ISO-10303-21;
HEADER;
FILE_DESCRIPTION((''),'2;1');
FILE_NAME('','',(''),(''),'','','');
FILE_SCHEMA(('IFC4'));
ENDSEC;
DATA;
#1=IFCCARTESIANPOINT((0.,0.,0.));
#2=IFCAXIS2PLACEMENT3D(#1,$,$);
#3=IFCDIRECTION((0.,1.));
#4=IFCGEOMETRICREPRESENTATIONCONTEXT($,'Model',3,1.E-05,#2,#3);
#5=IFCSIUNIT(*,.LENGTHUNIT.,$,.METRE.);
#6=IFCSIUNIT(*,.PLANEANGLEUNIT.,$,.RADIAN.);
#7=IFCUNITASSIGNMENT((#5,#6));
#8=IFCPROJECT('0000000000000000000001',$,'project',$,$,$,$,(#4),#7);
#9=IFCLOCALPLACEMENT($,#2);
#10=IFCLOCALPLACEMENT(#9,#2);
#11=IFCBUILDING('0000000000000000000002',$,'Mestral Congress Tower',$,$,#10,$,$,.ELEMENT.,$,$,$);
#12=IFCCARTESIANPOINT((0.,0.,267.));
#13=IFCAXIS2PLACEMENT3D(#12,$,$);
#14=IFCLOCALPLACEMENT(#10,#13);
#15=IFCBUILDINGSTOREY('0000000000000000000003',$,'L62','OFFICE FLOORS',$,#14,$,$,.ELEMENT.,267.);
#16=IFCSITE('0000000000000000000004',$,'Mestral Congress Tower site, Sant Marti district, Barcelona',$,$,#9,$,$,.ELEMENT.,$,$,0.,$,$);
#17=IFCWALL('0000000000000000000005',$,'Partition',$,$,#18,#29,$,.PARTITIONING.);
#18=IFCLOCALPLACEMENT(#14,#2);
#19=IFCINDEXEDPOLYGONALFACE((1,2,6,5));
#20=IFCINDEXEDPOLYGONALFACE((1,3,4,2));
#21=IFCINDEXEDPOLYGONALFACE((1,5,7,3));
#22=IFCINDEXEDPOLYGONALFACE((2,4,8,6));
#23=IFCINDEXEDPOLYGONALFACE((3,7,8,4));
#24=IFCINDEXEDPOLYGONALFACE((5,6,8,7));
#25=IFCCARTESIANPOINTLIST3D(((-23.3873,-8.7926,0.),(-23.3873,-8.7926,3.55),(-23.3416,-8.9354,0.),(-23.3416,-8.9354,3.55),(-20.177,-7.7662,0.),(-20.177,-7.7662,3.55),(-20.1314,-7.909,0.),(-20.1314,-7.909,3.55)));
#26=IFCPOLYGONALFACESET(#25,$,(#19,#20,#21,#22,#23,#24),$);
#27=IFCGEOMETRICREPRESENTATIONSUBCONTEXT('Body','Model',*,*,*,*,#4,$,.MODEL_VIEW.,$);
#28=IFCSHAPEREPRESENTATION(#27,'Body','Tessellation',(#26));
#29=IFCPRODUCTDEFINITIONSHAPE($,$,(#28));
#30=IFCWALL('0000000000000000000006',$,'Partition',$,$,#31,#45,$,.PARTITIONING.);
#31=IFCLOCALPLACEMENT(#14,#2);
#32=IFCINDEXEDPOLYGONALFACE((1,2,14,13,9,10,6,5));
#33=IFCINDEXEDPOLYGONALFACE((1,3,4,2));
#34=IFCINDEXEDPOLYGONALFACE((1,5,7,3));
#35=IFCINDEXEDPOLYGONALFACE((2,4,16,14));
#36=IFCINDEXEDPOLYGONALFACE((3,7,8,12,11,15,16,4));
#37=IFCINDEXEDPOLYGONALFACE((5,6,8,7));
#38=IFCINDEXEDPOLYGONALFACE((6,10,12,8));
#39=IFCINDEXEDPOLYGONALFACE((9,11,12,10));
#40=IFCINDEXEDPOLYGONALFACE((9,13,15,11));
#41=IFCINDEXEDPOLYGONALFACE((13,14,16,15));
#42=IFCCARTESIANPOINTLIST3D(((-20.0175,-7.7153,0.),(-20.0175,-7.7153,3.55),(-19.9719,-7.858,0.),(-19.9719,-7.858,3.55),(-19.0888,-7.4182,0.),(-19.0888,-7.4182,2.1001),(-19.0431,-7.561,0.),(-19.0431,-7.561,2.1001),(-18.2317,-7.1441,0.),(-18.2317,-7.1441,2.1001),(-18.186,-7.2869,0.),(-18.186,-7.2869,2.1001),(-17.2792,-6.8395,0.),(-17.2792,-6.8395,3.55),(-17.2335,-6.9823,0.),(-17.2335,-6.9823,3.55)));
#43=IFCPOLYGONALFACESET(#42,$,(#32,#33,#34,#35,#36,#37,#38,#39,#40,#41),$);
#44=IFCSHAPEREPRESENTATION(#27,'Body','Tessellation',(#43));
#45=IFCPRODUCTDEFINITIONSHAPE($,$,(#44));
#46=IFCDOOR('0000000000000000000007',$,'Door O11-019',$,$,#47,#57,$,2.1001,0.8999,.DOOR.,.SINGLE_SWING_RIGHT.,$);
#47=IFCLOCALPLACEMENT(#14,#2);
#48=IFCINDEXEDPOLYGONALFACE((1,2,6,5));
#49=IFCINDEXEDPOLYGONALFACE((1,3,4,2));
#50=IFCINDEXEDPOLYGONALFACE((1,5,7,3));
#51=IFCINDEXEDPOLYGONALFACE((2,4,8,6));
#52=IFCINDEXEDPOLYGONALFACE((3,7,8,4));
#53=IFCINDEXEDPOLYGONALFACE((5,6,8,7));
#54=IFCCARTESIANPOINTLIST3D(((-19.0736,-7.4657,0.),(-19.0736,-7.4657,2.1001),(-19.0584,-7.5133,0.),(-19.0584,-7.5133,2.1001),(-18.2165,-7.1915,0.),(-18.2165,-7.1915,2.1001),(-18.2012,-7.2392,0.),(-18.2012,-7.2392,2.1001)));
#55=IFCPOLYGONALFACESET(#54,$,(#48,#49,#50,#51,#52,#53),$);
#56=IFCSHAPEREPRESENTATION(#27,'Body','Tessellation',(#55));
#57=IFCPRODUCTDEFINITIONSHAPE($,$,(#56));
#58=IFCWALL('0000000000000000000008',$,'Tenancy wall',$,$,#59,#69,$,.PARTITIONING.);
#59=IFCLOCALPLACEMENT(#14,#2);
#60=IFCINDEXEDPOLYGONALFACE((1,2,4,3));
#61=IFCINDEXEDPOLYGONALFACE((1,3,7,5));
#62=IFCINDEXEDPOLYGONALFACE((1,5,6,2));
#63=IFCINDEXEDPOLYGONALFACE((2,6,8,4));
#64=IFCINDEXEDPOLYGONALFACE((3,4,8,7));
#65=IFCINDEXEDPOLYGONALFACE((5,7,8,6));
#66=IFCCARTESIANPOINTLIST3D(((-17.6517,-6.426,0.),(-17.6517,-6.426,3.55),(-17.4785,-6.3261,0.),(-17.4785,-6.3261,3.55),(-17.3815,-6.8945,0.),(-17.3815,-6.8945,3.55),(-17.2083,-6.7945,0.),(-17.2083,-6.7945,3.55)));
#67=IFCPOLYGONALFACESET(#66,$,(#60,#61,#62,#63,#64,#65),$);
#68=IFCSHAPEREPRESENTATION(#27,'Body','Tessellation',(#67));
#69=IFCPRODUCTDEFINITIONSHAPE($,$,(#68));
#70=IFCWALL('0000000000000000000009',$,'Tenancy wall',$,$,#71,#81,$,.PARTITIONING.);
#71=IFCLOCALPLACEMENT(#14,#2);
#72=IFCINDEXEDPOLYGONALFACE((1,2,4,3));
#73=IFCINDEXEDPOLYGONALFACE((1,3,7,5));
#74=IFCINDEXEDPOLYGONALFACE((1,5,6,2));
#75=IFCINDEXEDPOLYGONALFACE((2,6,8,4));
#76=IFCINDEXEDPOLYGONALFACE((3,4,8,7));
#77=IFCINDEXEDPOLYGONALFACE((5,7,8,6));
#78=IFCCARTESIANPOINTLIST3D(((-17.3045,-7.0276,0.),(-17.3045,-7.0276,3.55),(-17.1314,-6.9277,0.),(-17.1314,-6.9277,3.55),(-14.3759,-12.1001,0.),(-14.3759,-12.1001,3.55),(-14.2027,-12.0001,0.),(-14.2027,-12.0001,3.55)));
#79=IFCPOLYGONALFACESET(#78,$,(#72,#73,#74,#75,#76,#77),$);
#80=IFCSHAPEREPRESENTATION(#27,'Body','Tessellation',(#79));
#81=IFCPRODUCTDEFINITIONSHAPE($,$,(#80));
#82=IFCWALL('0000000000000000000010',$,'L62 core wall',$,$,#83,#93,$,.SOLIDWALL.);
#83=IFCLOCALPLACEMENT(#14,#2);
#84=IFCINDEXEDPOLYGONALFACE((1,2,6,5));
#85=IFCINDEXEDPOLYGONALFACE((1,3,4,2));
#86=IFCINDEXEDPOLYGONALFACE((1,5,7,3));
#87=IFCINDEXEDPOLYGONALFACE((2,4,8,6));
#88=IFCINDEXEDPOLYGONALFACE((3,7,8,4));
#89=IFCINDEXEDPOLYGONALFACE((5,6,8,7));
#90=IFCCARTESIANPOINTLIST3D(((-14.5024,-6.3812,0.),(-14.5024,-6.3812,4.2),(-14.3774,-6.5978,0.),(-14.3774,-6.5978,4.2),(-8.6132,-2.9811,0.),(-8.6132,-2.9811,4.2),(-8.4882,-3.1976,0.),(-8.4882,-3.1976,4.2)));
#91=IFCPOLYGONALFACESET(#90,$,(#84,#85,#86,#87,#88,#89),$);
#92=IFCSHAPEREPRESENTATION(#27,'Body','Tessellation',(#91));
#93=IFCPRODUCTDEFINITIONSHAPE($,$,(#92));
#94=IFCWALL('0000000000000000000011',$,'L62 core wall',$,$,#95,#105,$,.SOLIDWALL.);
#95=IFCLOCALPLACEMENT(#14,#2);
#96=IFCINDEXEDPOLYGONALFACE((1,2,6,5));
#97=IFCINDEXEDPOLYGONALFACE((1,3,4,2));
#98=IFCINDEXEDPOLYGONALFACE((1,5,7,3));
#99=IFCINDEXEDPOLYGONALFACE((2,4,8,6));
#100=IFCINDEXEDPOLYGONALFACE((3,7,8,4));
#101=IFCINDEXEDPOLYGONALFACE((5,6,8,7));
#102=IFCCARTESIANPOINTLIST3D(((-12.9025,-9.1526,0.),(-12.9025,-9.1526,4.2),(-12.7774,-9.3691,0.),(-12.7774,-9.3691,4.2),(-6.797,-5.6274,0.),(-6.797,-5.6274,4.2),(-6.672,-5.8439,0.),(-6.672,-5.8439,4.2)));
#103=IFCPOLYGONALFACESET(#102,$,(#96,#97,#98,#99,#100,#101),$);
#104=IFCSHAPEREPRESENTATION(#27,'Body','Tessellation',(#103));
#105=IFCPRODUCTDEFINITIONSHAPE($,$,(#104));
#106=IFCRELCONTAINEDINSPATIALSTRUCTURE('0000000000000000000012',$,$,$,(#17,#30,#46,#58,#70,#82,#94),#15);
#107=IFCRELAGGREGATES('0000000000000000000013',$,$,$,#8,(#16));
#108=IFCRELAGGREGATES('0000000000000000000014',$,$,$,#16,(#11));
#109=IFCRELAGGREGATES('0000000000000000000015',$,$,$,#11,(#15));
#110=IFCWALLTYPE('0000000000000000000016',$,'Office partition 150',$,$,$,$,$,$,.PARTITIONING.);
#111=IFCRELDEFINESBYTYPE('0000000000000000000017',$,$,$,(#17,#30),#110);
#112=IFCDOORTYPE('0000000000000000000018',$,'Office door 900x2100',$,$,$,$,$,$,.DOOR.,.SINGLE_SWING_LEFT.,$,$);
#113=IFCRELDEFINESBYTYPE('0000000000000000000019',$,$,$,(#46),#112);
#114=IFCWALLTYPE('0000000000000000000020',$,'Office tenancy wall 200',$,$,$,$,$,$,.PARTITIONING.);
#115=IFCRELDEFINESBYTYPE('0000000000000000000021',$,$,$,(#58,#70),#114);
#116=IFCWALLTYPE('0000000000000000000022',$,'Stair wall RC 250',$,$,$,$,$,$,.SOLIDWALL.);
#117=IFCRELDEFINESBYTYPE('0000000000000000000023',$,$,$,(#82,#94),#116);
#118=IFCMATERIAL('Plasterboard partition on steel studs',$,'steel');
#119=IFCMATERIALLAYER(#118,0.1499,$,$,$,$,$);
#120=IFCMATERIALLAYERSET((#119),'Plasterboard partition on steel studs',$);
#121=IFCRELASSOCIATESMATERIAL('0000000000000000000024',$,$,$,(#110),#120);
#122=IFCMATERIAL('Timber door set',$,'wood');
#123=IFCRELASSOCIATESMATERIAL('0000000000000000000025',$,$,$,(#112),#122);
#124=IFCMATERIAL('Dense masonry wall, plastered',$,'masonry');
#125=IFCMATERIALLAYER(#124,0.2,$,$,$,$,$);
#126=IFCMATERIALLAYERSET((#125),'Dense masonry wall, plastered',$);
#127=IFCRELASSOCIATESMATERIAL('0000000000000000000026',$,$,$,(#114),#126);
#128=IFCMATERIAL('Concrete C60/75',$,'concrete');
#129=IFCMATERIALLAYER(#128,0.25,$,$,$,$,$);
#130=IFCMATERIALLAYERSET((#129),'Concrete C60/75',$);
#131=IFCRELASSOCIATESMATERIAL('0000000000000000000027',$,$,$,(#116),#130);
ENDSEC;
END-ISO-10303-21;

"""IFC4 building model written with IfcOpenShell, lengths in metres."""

from ifc_helpers import new_model, si_unit, direction, frame, frame_2d, origin, place, context, subcontext, project, spatial, rectangle, extrude, material, layer, layer_set, type_object, element, fill, save


model = new_model("IFC4")

# Units and contexts
model_context = context("Model", 3, precision=1e-05, world=origin(), true_north=direction((0.0, 1.0)))
body_context = subcontext(model_context, "Body", "Model", "MODEL_VIEW")
ifc_project = project(units=[si_unit("LENGTHUNIT", "METRE"), si_unit("PLANEANGLEUNIT", "RADIAN")], contexts=[model_context])

# Site, building, storey
site_placement = place(None, origin())
site = spatial("IfcSite", under=ifc_project, at=site_placement, Name="Mestral Congress Tower site, Sant Marti district, Barcelona", CompositionType="ELEMENT", RefElevation=0.0)
building_placement = place(site_placement, origin())
building = spatial("IfcBuilding", under=site, at=building_placement, Name="Mestral Congress Tower", CompositionType="ELEMENT")
storey_placement = place(building_placement, frame((0.0, 0.0, 267.0)))
storey = spatial("IfcBuildingStorey", under=building, at=storey_placement, Name="L62", Description="OFFICE FLOORS", CompositionType="ELEMENT", Elevation=267.0)

# Shared definitions
ifc_material_1 = material(Name="Concrete C60/75", Category="concrete")

# Shared definitions
ifc_material_2 = material(Name="Plasterboard partition on steel studs", Category="steel")
ifc_layer_1 = layer(ifc_material_2, 0.1499)
ifc_layer_set_1 = layer_set([ifc_layer_1], Name="Plasterboard partition on steel studs")
wall_type_1 = type_object("IfcWallType", Name="Office partition 150", PredefinedType="PARTITIONING", material=ifc_layer_set_1)

# Shared definitions
ifc_material_3 = material(Name="Timber door set", Category="wood")
door_type_1 = type_object("IfcDoorType", Name="Office door 900x2100", OperationType="SINGLE_SWING_LEFT", PredefinedType="DOOR", material=ifc_material_3)

# Wall
wall_1_placement = place(storey_placement, frame((-20.1543, -7.8376, 0.0), z_axis=(0.0, 0.0, 1.0), x_axis=(-0.952501, -0.304534, 0.0)))
element("IfcWall", 1, at=wall_1_placement, inside=storey, type_object=wall_type_1, Name="Partition", PredefinedType="PARTITIONING", context=body_context, shape_type="SweptSolid", body=[
    extrude(rectangle(XDim=3.3704, YDim=0.1499, at=frame_2d((1.6851, 0.0))), origin(), (0.0, 0.0, 1.0), 3.55),
])

# Wall, opening, door
wall_2_placement = place(storey_placement, frame((-17.2563, -6.9109, 0.0), z_axis=(0.0, 0.0, 1.0), x_axis=(-0.952476, -0.304612, 0.0)))
wall_2 = element("IfcWall", 2, at=wall_2_placement, inside=storey, type_object=wall_type_1, Name="Partition", PredefinedType="PARTITIONING", context=body_context, shape_type="SweptSolid", body=[
    extrude(rectangle(XDim=2.875, YDim=0.1499, at=frame_2d((1.4375, 0.0))), origin(), (0.0, 0.0, 1.0), 3.55),
])
opening_1_placement = place(wall_2_placement, frame((1.0, 0.0, 0.0)))
opening_1 = element("IfcOpeningElement", 3, at=opening_1_placement, cuts=wall_2, PredefinedType="OPENING", context=body_context, shape_type="SweptSolid", body=[
    extrude(rectangle(XDim=0.8999, YDim=2.1001, at=frame_2d((0.45, 1.05))), frame((0.0, 0.085, 0.0), z_axis=(0.0, -1.0, 0.0), x_axis=(1.0, 0.0, 0.0)), (0.0, 0.0, 1.0), 0.1699),
])
door_1_placement = place(opening_1_placement, origin())
door_1 = element("IfcDoor", 4, at=door_1_placement, inside=storey, type_object=door_type_1, Name="Door O11-019", OperationType="SINGLE_SWING_RIGHT", OverallHeight=2.1001, OverallWidth=0.8999, PredefinedType="DOOR", context=body_context, shape_type="SweptSolid", body=[
    extrude(rectangle(XDim=0.8999, YDim=2.1001, at=frame_2d((0.45, 1.05))), frame((0.0, 0.0249, 0.0), z_axis=(0.0, -1.0, 0.0), x_axis=(1.0, 0.0, 0.0)), (0.0, 0.0, 1.0), 0.05),
])
fill(opening_1, door_1)

# Walls
ifc_material_4 = material(Name="Dense masonry wall, plastered", Category="masonry")
ifc_layer_2 = layer(ifc_material_4, 0.2)
ifc_layer_set_2 = layer_set([ifc_layer_2], Name="Dense masonry wall, plastered")
wall_type_2 = type_object("IfcWallType", Name="Office tenancy wall 200", PredefinedType="PARTITIONING", material=ifc_layer_set_2)
wall_3_placement = place(storey_placement, frame((-17.5652, -6.376, 0.0), z_axis=(0.0, 0.0, 1.0), x_axis=(0.499683, -0.866208, 0.0)))
element("IfcWall", 5, at=wall_3_placement, inside=storey, type_object=wall_type_2, Name="Tenancy wall", PredefinedType="PARTITIONING", context=body_context, shape_type="SweptSolid", body=[
    extrude(rectangle(XDim=0.5408, YDim=0.2, at=frame_2d((0.2705, 0.0))), origin(), (0.0, 0.0, 1.0), 3.55),
])
wall_4_placement = place(storey_placement, frame((-17.218, -6.9775, 0.0), z_axis=(0.0, 0.0, 1.0), x_axis=(0.500012, -0.866018, 0.0)))
element("IfcWall", 6, at=wall_4_placement, inside=storey, type_object=wall_type_2, Name="Tenancy wall", PredefinedType="PARTITIONING", context=body_context, shape_type="SweptSolid", body=[
    extrude(rectangle(XDim=5.8572, YDim=0.2, at=frame_2d((2.9287, 0.0))), origin(), (0.0, 0.0, 1.0), 3.55),
])
ifc_layer_3 = layer(ifc_material_1, 0.25)
ifc_layer_set_3 = layer_set([ifc_layer_3], Name="Concrete C60/75")
wall_type_3 = type_object("IfcWallType", Name="Stair wall RC 250", PredefinedType="SOLIDWALL", material=ifc_layer_set_3)
wall_5_placement = place(storey_placement, frame((-14.4399, -6.4895, 0.0), z_axis=(0.0, 0.0, 1.0), x_axis=(0.866023, 0.500004, 0.0)))
element("IfcWall", 7, at=wall_5_placement, inside=storey, type_object=wall_type_3, Name="L62 core wall", PredefinedType="SOLIDWALL", context=body_context, shape_type="SweptSolid", body=[
    extrude(rectangle(XDim=6.8003, YDim=0.25, at=frame_2d((3.4001, 0.0))), origin(), (0.0, 0.0, 1.0), 4.2),
])
wall_6_placement = place(storey_placement, frame((-12.8398, -9.2607, 0.0), z_axis=(0.0, 0.0, 1.0), x_axis=(0.866016, 0.500016, 0.0)))
element("IfcWall", 8, at=wall_6_placement, inside=storey, type_object=wall_type_3, Name="L62 core wall", PredefinedType="SOLIDWALL", context=body_context, shape_type="SweptSolid", body=[
    extrude(rectangle(XDim=7.05, YDim=0.25, at=frame_2d((3.5249, 0.0))), origin(), (0.0, 0.0, 1.0), 4.2),
])

save(model, "model.ifc")
